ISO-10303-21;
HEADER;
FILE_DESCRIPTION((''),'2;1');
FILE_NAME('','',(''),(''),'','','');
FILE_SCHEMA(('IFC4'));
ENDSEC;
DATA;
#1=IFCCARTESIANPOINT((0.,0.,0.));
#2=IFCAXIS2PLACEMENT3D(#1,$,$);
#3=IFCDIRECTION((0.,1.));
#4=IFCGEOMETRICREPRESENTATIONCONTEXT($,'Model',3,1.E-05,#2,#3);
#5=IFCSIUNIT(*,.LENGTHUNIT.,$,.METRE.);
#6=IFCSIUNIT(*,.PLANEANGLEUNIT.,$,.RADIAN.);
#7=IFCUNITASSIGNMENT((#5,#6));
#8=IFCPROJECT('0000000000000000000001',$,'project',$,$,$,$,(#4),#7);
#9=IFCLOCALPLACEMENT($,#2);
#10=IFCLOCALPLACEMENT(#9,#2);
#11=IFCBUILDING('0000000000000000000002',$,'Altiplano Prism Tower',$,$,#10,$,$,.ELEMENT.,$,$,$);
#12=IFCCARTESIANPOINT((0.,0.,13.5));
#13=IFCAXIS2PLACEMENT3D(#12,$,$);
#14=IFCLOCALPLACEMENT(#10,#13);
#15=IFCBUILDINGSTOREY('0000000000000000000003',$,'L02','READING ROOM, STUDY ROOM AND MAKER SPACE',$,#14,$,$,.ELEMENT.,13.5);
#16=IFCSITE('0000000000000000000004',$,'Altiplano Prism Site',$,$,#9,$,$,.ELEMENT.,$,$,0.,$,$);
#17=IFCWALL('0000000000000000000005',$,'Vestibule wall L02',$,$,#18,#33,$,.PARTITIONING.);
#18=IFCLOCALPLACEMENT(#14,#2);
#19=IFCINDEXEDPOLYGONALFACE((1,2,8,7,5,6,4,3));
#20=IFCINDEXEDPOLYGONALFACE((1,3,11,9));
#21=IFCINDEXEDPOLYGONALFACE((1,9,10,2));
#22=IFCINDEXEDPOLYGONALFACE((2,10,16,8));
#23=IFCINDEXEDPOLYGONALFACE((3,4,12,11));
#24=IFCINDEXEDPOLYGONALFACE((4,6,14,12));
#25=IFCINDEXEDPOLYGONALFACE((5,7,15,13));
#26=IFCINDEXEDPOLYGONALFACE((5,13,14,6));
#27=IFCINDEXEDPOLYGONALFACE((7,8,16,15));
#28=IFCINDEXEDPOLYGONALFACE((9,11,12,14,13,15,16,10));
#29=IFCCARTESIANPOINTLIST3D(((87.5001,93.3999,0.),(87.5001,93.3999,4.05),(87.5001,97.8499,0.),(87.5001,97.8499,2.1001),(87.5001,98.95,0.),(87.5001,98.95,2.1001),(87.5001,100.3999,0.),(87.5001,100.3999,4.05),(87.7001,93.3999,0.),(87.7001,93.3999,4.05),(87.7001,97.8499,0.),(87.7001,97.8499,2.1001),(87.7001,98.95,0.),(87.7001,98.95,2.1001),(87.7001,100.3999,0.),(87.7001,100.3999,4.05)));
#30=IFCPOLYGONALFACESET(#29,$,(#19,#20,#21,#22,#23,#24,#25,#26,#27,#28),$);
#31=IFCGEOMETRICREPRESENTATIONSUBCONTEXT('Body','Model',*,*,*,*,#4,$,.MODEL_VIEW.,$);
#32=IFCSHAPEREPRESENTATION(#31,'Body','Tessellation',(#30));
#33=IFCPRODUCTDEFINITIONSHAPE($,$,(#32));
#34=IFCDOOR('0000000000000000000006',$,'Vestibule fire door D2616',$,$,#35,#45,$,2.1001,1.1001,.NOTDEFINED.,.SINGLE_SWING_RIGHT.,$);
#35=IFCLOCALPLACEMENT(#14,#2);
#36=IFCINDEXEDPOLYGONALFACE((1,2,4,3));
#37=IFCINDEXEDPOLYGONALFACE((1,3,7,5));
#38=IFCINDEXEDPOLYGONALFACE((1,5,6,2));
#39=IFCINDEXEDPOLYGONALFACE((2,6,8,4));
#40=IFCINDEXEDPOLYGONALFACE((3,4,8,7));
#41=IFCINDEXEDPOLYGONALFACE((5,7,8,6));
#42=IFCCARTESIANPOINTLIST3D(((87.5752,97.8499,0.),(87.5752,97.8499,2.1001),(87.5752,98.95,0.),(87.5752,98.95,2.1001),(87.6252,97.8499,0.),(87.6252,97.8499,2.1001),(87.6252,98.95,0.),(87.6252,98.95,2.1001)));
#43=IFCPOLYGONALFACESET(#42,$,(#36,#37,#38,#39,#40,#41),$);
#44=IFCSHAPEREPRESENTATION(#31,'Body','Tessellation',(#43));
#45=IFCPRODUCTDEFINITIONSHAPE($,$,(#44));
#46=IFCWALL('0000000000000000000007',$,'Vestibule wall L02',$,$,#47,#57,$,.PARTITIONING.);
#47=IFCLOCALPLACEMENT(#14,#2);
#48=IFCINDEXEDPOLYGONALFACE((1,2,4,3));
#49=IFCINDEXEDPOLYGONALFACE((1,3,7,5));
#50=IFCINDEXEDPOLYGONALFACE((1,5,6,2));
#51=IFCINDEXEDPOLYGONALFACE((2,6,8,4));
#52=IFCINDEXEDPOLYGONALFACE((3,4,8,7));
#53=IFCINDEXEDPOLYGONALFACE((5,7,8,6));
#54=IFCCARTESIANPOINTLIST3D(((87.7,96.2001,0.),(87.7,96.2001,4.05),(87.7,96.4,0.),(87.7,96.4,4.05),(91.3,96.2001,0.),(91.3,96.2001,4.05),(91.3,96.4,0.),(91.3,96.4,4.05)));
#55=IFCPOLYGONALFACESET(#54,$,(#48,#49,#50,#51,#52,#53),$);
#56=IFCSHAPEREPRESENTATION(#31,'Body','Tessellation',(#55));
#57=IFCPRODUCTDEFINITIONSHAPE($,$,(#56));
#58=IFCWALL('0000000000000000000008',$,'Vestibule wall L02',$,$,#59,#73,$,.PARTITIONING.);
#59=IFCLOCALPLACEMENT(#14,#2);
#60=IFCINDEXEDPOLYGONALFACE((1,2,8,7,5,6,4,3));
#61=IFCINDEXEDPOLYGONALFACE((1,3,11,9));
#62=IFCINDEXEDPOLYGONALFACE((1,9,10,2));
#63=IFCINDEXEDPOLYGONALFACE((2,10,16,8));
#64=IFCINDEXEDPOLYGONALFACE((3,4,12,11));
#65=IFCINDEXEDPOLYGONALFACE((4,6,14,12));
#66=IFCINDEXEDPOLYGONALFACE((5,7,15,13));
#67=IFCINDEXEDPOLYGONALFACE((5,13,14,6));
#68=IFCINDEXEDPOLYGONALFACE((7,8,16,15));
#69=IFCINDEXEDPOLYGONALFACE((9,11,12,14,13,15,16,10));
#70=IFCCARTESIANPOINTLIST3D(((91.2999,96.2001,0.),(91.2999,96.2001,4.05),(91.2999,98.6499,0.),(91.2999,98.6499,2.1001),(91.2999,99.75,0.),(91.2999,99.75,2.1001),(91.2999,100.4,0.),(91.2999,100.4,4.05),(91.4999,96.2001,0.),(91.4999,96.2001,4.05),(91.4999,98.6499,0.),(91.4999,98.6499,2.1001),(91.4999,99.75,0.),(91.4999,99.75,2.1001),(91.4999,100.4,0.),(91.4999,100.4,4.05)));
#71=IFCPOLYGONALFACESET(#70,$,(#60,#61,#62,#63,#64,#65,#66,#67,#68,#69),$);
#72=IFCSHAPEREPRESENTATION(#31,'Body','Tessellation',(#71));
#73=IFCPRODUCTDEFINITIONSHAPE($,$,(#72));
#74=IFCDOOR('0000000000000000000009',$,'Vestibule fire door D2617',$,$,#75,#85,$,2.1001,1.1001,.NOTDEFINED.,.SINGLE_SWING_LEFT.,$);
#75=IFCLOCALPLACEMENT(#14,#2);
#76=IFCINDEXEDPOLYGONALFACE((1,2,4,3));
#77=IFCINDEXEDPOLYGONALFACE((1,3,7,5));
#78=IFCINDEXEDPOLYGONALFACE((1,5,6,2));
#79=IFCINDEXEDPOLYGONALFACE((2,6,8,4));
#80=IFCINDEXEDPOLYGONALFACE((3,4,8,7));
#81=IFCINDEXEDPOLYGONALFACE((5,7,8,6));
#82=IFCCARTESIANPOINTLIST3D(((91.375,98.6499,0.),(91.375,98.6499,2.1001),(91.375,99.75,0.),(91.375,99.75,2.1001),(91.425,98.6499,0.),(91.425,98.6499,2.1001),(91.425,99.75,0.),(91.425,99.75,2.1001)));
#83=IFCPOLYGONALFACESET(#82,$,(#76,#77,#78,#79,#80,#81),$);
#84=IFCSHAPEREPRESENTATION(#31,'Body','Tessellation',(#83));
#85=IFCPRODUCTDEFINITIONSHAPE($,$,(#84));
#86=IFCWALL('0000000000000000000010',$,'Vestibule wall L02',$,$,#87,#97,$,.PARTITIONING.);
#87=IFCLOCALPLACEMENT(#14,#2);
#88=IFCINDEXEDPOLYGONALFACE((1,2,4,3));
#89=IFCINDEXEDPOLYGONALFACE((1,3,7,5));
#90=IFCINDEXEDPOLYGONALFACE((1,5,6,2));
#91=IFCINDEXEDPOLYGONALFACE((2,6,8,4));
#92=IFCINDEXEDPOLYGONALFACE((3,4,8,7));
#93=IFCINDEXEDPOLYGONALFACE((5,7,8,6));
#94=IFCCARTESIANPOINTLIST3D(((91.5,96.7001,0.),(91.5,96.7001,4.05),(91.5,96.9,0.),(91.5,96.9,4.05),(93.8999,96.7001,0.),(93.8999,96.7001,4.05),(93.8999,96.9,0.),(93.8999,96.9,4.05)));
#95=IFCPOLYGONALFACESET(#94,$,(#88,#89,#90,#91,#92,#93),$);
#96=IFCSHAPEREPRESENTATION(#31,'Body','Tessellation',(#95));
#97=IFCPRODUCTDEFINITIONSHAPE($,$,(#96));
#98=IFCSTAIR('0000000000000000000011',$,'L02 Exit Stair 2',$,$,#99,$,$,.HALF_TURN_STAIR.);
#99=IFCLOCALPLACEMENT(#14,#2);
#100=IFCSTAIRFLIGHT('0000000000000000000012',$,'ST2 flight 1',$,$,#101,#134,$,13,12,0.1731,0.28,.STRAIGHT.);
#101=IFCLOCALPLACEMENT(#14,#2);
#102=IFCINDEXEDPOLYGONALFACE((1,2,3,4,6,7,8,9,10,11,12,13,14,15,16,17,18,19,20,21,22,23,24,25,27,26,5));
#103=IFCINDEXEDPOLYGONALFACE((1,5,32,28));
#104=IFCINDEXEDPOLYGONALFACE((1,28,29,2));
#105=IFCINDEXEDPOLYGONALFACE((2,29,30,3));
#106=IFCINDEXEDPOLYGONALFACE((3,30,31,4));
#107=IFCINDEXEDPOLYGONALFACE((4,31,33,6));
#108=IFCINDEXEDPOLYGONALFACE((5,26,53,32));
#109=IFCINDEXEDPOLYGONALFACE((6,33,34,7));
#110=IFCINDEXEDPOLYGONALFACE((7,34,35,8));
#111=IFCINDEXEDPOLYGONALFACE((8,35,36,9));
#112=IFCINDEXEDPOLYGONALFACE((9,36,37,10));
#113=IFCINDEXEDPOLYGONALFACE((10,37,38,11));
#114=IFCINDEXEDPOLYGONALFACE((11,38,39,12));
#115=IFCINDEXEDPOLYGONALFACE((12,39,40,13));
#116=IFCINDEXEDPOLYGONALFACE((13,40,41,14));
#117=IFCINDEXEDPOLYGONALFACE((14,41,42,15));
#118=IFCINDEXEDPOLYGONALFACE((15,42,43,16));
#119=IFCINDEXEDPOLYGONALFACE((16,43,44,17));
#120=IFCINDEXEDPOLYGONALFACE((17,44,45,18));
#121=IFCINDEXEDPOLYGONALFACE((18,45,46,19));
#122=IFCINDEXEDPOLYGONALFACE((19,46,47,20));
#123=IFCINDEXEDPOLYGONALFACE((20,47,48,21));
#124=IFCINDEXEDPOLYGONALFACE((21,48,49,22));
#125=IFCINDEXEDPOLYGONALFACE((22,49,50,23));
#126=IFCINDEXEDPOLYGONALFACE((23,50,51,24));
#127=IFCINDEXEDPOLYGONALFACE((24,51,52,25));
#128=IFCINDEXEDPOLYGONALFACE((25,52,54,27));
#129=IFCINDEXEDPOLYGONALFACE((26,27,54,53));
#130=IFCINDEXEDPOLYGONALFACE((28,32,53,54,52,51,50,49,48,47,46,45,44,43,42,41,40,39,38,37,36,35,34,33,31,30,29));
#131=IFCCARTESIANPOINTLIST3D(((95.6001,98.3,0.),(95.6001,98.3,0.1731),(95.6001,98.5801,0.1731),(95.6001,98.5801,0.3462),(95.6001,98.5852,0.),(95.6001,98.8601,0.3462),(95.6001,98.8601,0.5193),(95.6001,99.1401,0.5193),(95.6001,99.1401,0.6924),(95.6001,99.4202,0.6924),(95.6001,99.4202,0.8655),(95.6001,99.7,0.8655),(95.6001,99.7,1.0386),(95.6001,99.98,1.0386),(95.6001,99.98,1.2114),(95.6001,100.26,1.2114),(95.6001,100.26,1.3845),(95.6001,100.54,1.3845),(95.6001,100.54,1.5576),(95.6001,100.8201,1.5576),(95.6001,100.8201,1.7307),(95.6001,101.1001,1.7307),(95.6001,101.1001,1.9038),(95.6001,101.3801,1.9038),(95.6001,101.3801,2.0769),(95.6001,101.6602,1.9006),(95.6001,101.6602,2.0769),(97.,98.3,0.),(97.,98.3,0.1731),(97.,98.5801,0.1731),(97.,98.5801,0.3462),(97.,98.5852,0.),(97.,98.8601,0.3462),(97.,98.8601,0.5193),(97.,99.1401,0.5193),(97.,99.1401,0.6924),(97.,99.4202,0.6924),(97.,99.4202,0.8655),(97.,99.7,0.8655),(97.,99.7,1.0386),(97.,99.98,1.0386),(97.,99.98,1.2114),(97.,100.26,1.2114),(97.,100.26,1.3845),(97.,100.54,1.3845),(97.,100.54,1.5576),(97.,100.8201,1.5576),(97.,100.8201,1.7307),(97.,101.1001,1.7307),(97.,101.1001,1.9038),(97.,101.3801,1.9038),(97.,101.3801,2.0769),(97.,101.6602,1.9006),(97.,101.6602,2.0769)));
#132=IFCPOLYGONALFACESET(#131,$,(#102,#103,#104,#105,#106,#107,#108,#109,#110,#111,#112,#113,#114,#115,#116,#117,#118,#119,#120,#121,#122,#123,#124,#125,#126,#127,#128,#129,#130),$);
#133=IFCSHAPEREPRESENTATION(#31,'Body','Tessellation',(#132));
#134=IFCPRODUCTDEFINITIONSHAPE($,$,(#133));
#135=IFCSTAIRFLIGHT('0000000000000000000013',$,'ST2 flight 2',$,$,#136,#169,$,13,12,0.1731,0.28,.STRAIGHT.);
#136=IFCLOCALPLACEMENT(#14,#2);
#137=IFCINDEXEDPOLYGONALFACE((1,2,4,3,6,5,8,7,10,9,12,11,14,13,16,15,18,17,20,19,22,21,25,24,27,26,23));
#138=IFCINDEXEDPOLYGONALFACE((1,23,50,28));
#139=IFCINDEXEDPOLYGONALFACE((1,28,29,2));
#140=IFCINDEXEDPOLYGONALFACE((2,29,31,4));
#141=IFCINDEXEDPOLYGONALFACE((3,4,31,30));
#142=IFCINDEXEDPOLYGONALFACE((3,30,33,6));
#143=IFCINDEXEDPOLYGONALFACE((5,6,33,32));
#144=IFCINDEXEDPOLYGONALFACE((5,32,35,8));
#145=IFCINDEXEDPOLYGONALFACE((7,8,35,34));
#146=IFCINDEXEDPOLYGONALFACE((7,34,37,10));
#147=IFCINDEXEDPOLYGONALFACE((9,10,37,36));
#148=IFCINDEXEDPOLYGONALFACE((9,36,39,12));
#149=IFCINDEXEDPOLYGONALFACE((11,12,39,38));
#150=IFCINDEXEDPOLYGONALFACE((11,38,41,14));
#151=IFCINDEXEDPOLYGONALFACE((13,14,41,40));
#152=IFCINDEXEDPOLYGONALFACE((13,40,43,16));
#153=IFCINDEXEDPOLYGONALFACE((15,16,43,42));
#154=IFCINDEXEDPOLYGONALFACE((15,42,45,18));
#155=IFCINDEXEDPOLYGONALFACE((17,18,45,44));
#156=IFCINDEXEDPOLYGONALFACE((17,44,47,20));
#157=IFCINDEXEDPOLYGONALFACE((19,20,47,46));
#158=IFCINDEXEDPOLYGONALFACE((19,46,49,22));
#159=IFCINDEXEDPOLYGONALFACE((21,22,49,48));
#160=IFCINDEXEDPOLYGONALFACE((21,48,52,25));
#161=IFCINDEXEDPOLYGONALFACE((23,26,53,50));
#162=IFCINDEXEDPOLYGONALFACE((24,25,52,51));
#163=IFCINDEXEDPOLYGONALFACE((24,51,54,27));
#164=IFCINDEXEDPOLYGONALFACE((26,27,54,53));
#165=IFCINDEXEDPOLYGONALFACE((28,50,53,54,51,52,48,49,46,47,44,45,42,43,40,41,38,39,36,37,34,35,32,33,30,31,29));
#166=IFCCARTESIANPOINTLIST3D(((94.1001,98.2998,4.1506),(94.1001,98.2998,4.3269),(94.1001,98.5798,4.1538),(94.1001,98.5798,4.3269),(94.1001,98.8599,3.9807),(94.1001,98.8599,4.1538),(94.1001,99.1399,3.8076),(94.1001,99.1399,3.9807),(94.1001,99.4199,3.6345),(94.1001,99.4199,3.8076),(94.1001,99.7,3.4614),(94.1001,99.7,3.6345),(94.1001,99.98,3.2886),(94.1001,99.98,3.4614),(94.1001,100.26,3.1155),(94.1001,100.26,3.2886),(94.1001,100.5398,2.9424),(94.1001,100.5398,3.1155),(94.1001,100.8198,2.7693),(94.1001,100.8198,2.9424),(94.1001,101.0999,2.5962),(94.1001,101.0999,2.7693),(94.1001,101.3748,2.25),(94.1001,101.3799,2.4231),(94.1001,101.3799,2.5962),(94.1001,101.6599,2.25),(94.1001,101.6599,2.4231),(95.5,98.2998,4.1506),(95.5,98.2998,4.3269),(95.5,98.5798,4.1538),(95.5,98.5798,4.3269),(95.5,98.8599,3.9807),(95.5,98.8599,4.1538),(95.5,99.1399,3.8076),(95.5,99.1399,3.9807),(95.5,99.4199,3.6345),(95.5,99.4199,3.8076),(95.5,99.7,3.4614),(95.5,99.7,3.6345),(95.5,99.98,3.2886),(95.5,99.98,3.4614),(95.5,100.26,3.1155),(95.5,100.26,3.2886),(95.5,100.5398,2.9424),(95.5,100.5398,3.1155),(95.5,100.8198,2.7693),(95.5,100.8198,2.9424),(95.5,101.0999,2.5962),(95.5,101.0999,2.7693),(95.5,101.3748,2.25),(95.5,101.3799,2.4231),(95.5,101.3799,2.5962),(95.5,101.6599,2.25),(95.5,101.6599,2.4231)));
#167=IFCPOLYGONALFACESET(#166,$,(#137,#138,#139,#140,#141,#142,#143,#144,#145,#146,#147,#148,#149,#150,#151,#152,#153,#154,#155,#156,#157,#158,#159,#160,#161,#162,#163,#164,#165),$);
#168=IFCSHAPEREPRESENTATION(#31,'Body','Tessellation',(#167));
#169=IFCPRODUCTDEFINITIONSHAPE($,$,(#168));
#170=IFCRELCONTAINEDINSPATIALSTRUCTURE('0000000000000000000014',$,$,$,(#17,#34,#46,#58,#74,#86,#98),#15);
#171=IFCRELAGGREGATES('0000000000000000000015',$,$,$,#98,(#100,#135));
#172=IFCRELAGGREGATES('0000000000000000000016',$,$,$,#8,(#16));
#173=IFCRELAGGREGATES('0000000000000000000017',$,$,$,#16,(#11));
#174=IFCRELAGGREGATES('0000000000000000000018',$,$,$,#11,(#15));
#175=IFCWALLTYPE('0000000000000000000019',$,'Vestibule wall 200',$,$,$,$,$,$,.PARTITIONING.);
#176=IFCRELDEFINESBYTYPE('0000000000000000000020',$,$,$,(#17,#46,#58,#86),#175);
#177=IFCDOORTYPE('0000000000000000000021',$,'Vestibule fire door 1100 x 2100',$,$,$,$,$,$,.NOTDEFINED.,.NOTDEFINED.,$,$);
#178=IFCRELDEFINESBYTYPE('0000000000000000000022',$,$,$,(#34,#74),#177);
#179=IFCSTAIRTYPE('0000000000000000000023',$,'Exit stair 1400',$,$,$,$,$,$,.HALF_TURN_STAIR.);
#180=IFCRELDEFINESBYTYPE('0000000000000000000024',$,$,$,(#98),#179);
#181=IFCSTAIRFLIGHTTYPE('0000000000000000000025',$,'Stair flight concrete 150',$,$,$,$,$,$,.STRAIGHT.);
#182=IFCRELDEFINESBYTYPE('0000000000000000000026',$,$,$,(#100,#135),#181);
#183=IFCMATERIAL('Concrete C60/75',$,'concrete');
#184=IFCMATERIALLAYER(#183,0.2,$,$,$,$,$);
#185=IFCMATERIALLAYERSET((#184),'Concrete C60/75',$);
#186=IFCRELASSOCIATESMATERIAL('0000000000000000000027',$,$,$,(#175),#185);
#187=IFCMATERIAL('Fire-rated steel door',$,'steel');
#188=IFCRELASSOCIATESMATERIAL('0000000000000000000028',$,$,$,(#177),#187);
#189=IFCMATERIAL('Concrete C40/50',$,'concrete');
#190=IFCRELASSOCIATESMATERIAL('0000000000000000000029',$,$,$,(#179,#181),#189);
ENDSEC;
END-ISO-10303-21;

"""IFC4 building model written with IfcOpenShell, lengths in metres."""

from ifc_helpers import new_model, si_unit, direction, frame, frame_2d, origin, place, context, subcontext, project, spatial, polyline, rectangle, outline, extrude, material, layer, layer_set, type_object, element, fill, aggregate, save


model = new_model("IFC4")

# Units and contexts
model_context = context("Model", 3, precision=1e-05, world=origin(), true_north=direction((0.0, 1.0)))
body_context = subcontext(model_context, "Body", "Model", "MODEL_VIEW")
ifc_project = project(units=[si_unit("LENGTHUNIT", "METRE"), si_unit("PLANEANGLEUNIT", "RADIAN")], contexts=[model_context])

# Site, building, storey
site_placement = place(None, origin())
site = spatial("IfcSite", under=ifc_project, at=site_placement, Name="Altiplano Prism Site", CompositionType="ELEMENT", RefElevation=0.0)
building_placement = place(site_placement, origin())
building = spatial("IfcBuilding", under=site, at=building_placement, Name="Altiplano Prism Tower", CompositionType="ELEMENT")
storey_placement = place(building_placement, frame((0.0, 0.0, 13.5)))
storey = spatial("IfcBuildingStorey", under=building, at=storey_placement, Name="L02", Description="READING ROOM, STUDY ROOM AND MAKER SPACE", CompositionType="ELEMENT", Elevation=13.5)

# Shared definitions
ifc_material_1 = material(Name="Concrete C60/75", Category="concrete")

# Shared definitions
ifc_material_2 = material(Name="Fire-rated steel door", Category="steel")

# Wall, opening, door
ifc_layer_1 = layer(ifc_material_1, 0.2)
ifc_layer_set_1 = layer_set([ifc_layer_1], Name="Concrete C60/75")
wall_type_1 = type_object("IfcWallType", Name="Vestibule wall 200", PredefinedType="PARTITIONING", material=ifc_layer_set_1)
wall_1_placement = place(storey_placement, frame((87.6001, 93.3999, 0.0), z_axis=(0.0, 0.0, 1.0), x_axis=(0.0, 1.0, 0.0)))
wall_1 = element("IfcWall", 1, at=wall_1_placement, inside=storey, type_object=wall_type_1, Name="Vestibule wall L02", PredefinedType="PARTITIONING", context=body_context, shape_type="SweptSolid", body=[
    extrude(rectangle(XDim=7.0, YDim=0.2, at=frame_2d((3.5, 0.0))), origin(), (0.0, 0.0, 1.0), 4.05),
])
opening_1_placement = place(wall_1_placement, frame((4.45, 0.0, 0.0)))
opening_1 = element("IfcOpeningElement", 2, at=opening_1_placement, cuts=wall_1, PredefinedType="OPENING", context=body_context, shape_type="SweptSolid", body=[
    extrude(rectangle(XDim=1.1001, YDim=2.1001, at=frame_2d((0.55, 1.05))), frame((0.0, 0.1104, 0.0), z_axis=(0.0, -1.0, 0.0), x_axis=(1.0, 0.0, 0.0)), (0.0, 0.0, 1.0), 0.2209),
])
door_type_1 = type_object("IfcDoorType", Name="Vestibule fire door 1100 x 2100", OperationType="NOTDEFINED", PredefinedType="NOTDEFINED", material=ifc_material_2)
door_1_placement = place(opening_1_placement, origin())
door_1 = element("IfcDoor", 3, at=door_1_placement, inside=storey, type_object=door_type_1, Name="Vestibule fire door D2616", OperationType="SINGLE_SWING_RIGHT", OverallHeight=2.1001, OverallWidth=1.1001, PredefinedType="NOTDEFINED", context=body_context, shape_type="SweptSolid", body=[
    extrude(rectangle(XDim=1.1001, YDim=2.1001, at=frame_2d((0.55, 1.05))), frame((0.0, 0.0249, 0.0), z_axis=(0.0, -1.0, 0.0), x_axis=(1.0, 0.0, 0.0)), (0.0, 0.0, 1.0), 0.05),
])
fill(opening_1, door_1)

# Wall
wall_2_placement = place(storey_placement, frame((87.7, 96.3, 0.0), z_axis=(0.0, 0.0, 1.0), x_axis=(1.0, 0.0, 0.0)))
element("IfcWall", 4, at=wall_2_placement, inside=storey, type_object=wall_type_1, Name="Vestibule wall L02", PredefinedType="PARTITIONING", context=body_context, shape_type="SweptSolid", body=[
    extrude(rectangle(XDim=3.6001, YDim=0.2, at=frame_2d((1.8, 0.0))), origin(), (0.0, 0.0, 1.0), 4.05),
])

# Wall, opening, door
wall_3_placement = place(storey_placement, frame((91.3999, 96.2, 0.0), z_axis=(0.0, 0.0, 1.0), x_axis=(0.0, 1.0, 0.0)))
wall_3 = element("IfcWall", 5, at=wall_3_placement, inside=storey, type_object=wall_type_1, Name="Vestibule wall L02", PredefinedType="PARTITIONING", context=body_context, shape_type="SweptSolid", body=[
    extrude(rectangle(XDim=4.2, YDim=0.2, at=frame_2d((2.1001, 0.0))), origin(), (0.0, 0.0, 1.0), 4.05),
])
opening_2_placement = place(wall_3_placement, frame((2.45, 0.0, 0.0)))
opening_2 = element("IfcOpeningElement", 6, at=opening_2_placement, cuts=wall_3, PredefinedType="OPENING", context=body_context, shape_type="SweptSolid", body=[
    extrude(rectangle(XDim=1.1001, YDim=2.1001, at=frame_2d((0.55, 1.05))), frame((0.0, 0.1104, 0.0), z_axis=(0.0, -1.0, 0.0), x_axis=(1.0, 0.0, 0.0)), (0.0, 0.0, 1.0), 0.2209),
])
door_2_placement = place(opening_2_placement, origin())
door_2 = element("IfcDoor", 7, at=door_2_placement, inside=storey, type_object=door_type_1, Name="Vestibule fire door D2617", OperationType="SINGLE_SWING_LEFT", OverallHeight=2.1001, OverallWidth=1.1001, PredefinedType="NOTDEFINED", context=body_context, shape_type="SweptSolid", body=[
    extrude(rectangle(XDim=1.1001, YDim=2.1001, at=frame_2d((0.55, 1.05))), frame((0.0, 0.0249, 0.0), z_axis=(0.0, -1.0, 0.0), x_axis=(1.0, 0.0, 0.0)), (0.0, 0.0, 1.0), 0.05),
])
fill(opening_2, door_2)

# Wall
wall_4_placement = place(storey_placement, frame((91.5, 96.8, 0.0), z_axis=(0.0, 0.0, 1.0), x_axis=(1.0, 0.0, 0.0)))
element("IfcWall", 8, at=wall_4_placement, inside=storey, type_object=wall_type_1, Name="Vestibule wall L02", PredefinedType="PARTITIONING", context=body_context, shape_type="SweptSolid", body=[
    extrude(rectangle(XDim=2.3999, YDim=0.2, at=frame_2d((1.2, 0.0))), origin(), (0.0, 0.0, 1.0), 4.05),
])

# Stair, stair flights
ifc_material_3 = material(Name="Concrete C40/50", Category="concrete")
stair_type = type_object("IfcStairType", Name="Exit stair 1400", PredefinedType="HALF_TURN_STAIR", material=ifc_material_3)
stair_placement = place(storey_placement, origin())
stair = element("IfcStair", 9, at=stair_placement, inside=storey, type_object=stair_type, Name="L02 Exit Stair 2", PredefinedType="HALF_TURN_STAIR")
stair_flight_type = type_object("IfcStairFlightType", Name="Stair flight concrete 150", PredefinedType="STRAIGHT", material=ifc_material_3)
stair_flight_1_placement = place(storey_placement, frame((96.3, 98.3, 0.0), z_axis=(0.0, 0.0, 1.0), x_axis=(0.0, 1.0, 0.0)))
stair_flight_1 = element("IfcStairFlight", 10, at=stair_flight_1_placement, type_object=stair_flight_type, Name="ST2 flight 1", NumberOfRisers=13, NumberOfTreads=12, PredefinedType="STRAIGHT", RiserHeight=0.1731, TreadLength=0.28, context=body_context, shape_type="SweptSolid", body=[
    extrude(outline(polyline([(0.0, 0.0), (0.0, 0.1731), (0.28, 0.1731), (0.28, 0.3462), (0.5601, 0.3462), (0.5601, 0.5193), (0.8401, 0.5193), (0.8401, 0.6924), (1.1201, 0.6924), (1.1201, 0.8655), (1.3999, 0.8655), (1.3999, 1.0386), (1.6799, 1.0386), (1.6799, 1.2114), (1.96, 1.2114), (1.96, 1.3845), (2.24, 1.3845), (2.24, 1.5576), (2.52, 1.5576), (2.52, 1.7307), (2.8, 1.7307), (2.8, 1.9038), (3.0801, 1.9038), (3.0801, 2.0769), (3.3601, 2.0769), (3.3601, 2.25), (3.3601, 1.9006), (0.2852, 0.0), (0.0, 0.0)])), frame((0.0, 0.7, 0.0), z_axis=(0.0, -1.0, 0.0), x_axis=(1.0, 0.0, 0.0)), (0.0, 0.0, 1.0), 1.3999),
])
stair_flight_2_placement = place(storey_placement, frame((94.8, 101.6599, 2.25), z_axis=(0.0, 0.0, 1.0), x_axis=(0.0, -1.0, 0.0)))
stair_flight_2 = element("IfcStairFlight", 11, at=stair_flight_2_placement, type_object=stair_flight_type, Name="ST2 flight 2", NumberOfRisers=13, NumberOfTreads=12, PredefinedType="STRAIGHT", RiserHeight=0.1731, TreadLength=0.28, context=body_context, shape_type="SweptSolid", body=[
    extrude(outline(polyline([(0.0, 0.0), (0.0, 0.1731), (0.28, 0.1731), (0.28, 0.3462), (0.5601, 0.3462), (0.5601, 0.5193), (0.8401, 0.5193), (0.8401, 0.6924), (1.1201, 0.6924), (1.1201, 0.8655), (1.3999, 0.8655), (1.3999, 1.0386), (1.6799, 1.0386), (1.6799, 1.2114), (1.96, 1.2114), (1.96, 1.3845), (2.24, 1.3845), (2.24, 1.5576), (2.52, 1.5576), (2.52, 1.7307), (2.8, 1.7307), (2.8, 1.9038), (3.0801, 1.9038), (3.0801, 2.0769), (3.3601, 2.0769), (3.3601, 2.25), (3.3601, 1.9006), (0.2852, 0.0), (0.0, 0.0)])), frame((0.0, 0.7, 0.0), z_axis=(0.0, -1.0, 0.0), x_axis=(1.0, 0.0, 0.0)), (0.0, 0.0, 1.0), 1.3999),
])
aggregate(stair, [stair_flight_1, stair_flight_2])

save(model, "model.ifc")
